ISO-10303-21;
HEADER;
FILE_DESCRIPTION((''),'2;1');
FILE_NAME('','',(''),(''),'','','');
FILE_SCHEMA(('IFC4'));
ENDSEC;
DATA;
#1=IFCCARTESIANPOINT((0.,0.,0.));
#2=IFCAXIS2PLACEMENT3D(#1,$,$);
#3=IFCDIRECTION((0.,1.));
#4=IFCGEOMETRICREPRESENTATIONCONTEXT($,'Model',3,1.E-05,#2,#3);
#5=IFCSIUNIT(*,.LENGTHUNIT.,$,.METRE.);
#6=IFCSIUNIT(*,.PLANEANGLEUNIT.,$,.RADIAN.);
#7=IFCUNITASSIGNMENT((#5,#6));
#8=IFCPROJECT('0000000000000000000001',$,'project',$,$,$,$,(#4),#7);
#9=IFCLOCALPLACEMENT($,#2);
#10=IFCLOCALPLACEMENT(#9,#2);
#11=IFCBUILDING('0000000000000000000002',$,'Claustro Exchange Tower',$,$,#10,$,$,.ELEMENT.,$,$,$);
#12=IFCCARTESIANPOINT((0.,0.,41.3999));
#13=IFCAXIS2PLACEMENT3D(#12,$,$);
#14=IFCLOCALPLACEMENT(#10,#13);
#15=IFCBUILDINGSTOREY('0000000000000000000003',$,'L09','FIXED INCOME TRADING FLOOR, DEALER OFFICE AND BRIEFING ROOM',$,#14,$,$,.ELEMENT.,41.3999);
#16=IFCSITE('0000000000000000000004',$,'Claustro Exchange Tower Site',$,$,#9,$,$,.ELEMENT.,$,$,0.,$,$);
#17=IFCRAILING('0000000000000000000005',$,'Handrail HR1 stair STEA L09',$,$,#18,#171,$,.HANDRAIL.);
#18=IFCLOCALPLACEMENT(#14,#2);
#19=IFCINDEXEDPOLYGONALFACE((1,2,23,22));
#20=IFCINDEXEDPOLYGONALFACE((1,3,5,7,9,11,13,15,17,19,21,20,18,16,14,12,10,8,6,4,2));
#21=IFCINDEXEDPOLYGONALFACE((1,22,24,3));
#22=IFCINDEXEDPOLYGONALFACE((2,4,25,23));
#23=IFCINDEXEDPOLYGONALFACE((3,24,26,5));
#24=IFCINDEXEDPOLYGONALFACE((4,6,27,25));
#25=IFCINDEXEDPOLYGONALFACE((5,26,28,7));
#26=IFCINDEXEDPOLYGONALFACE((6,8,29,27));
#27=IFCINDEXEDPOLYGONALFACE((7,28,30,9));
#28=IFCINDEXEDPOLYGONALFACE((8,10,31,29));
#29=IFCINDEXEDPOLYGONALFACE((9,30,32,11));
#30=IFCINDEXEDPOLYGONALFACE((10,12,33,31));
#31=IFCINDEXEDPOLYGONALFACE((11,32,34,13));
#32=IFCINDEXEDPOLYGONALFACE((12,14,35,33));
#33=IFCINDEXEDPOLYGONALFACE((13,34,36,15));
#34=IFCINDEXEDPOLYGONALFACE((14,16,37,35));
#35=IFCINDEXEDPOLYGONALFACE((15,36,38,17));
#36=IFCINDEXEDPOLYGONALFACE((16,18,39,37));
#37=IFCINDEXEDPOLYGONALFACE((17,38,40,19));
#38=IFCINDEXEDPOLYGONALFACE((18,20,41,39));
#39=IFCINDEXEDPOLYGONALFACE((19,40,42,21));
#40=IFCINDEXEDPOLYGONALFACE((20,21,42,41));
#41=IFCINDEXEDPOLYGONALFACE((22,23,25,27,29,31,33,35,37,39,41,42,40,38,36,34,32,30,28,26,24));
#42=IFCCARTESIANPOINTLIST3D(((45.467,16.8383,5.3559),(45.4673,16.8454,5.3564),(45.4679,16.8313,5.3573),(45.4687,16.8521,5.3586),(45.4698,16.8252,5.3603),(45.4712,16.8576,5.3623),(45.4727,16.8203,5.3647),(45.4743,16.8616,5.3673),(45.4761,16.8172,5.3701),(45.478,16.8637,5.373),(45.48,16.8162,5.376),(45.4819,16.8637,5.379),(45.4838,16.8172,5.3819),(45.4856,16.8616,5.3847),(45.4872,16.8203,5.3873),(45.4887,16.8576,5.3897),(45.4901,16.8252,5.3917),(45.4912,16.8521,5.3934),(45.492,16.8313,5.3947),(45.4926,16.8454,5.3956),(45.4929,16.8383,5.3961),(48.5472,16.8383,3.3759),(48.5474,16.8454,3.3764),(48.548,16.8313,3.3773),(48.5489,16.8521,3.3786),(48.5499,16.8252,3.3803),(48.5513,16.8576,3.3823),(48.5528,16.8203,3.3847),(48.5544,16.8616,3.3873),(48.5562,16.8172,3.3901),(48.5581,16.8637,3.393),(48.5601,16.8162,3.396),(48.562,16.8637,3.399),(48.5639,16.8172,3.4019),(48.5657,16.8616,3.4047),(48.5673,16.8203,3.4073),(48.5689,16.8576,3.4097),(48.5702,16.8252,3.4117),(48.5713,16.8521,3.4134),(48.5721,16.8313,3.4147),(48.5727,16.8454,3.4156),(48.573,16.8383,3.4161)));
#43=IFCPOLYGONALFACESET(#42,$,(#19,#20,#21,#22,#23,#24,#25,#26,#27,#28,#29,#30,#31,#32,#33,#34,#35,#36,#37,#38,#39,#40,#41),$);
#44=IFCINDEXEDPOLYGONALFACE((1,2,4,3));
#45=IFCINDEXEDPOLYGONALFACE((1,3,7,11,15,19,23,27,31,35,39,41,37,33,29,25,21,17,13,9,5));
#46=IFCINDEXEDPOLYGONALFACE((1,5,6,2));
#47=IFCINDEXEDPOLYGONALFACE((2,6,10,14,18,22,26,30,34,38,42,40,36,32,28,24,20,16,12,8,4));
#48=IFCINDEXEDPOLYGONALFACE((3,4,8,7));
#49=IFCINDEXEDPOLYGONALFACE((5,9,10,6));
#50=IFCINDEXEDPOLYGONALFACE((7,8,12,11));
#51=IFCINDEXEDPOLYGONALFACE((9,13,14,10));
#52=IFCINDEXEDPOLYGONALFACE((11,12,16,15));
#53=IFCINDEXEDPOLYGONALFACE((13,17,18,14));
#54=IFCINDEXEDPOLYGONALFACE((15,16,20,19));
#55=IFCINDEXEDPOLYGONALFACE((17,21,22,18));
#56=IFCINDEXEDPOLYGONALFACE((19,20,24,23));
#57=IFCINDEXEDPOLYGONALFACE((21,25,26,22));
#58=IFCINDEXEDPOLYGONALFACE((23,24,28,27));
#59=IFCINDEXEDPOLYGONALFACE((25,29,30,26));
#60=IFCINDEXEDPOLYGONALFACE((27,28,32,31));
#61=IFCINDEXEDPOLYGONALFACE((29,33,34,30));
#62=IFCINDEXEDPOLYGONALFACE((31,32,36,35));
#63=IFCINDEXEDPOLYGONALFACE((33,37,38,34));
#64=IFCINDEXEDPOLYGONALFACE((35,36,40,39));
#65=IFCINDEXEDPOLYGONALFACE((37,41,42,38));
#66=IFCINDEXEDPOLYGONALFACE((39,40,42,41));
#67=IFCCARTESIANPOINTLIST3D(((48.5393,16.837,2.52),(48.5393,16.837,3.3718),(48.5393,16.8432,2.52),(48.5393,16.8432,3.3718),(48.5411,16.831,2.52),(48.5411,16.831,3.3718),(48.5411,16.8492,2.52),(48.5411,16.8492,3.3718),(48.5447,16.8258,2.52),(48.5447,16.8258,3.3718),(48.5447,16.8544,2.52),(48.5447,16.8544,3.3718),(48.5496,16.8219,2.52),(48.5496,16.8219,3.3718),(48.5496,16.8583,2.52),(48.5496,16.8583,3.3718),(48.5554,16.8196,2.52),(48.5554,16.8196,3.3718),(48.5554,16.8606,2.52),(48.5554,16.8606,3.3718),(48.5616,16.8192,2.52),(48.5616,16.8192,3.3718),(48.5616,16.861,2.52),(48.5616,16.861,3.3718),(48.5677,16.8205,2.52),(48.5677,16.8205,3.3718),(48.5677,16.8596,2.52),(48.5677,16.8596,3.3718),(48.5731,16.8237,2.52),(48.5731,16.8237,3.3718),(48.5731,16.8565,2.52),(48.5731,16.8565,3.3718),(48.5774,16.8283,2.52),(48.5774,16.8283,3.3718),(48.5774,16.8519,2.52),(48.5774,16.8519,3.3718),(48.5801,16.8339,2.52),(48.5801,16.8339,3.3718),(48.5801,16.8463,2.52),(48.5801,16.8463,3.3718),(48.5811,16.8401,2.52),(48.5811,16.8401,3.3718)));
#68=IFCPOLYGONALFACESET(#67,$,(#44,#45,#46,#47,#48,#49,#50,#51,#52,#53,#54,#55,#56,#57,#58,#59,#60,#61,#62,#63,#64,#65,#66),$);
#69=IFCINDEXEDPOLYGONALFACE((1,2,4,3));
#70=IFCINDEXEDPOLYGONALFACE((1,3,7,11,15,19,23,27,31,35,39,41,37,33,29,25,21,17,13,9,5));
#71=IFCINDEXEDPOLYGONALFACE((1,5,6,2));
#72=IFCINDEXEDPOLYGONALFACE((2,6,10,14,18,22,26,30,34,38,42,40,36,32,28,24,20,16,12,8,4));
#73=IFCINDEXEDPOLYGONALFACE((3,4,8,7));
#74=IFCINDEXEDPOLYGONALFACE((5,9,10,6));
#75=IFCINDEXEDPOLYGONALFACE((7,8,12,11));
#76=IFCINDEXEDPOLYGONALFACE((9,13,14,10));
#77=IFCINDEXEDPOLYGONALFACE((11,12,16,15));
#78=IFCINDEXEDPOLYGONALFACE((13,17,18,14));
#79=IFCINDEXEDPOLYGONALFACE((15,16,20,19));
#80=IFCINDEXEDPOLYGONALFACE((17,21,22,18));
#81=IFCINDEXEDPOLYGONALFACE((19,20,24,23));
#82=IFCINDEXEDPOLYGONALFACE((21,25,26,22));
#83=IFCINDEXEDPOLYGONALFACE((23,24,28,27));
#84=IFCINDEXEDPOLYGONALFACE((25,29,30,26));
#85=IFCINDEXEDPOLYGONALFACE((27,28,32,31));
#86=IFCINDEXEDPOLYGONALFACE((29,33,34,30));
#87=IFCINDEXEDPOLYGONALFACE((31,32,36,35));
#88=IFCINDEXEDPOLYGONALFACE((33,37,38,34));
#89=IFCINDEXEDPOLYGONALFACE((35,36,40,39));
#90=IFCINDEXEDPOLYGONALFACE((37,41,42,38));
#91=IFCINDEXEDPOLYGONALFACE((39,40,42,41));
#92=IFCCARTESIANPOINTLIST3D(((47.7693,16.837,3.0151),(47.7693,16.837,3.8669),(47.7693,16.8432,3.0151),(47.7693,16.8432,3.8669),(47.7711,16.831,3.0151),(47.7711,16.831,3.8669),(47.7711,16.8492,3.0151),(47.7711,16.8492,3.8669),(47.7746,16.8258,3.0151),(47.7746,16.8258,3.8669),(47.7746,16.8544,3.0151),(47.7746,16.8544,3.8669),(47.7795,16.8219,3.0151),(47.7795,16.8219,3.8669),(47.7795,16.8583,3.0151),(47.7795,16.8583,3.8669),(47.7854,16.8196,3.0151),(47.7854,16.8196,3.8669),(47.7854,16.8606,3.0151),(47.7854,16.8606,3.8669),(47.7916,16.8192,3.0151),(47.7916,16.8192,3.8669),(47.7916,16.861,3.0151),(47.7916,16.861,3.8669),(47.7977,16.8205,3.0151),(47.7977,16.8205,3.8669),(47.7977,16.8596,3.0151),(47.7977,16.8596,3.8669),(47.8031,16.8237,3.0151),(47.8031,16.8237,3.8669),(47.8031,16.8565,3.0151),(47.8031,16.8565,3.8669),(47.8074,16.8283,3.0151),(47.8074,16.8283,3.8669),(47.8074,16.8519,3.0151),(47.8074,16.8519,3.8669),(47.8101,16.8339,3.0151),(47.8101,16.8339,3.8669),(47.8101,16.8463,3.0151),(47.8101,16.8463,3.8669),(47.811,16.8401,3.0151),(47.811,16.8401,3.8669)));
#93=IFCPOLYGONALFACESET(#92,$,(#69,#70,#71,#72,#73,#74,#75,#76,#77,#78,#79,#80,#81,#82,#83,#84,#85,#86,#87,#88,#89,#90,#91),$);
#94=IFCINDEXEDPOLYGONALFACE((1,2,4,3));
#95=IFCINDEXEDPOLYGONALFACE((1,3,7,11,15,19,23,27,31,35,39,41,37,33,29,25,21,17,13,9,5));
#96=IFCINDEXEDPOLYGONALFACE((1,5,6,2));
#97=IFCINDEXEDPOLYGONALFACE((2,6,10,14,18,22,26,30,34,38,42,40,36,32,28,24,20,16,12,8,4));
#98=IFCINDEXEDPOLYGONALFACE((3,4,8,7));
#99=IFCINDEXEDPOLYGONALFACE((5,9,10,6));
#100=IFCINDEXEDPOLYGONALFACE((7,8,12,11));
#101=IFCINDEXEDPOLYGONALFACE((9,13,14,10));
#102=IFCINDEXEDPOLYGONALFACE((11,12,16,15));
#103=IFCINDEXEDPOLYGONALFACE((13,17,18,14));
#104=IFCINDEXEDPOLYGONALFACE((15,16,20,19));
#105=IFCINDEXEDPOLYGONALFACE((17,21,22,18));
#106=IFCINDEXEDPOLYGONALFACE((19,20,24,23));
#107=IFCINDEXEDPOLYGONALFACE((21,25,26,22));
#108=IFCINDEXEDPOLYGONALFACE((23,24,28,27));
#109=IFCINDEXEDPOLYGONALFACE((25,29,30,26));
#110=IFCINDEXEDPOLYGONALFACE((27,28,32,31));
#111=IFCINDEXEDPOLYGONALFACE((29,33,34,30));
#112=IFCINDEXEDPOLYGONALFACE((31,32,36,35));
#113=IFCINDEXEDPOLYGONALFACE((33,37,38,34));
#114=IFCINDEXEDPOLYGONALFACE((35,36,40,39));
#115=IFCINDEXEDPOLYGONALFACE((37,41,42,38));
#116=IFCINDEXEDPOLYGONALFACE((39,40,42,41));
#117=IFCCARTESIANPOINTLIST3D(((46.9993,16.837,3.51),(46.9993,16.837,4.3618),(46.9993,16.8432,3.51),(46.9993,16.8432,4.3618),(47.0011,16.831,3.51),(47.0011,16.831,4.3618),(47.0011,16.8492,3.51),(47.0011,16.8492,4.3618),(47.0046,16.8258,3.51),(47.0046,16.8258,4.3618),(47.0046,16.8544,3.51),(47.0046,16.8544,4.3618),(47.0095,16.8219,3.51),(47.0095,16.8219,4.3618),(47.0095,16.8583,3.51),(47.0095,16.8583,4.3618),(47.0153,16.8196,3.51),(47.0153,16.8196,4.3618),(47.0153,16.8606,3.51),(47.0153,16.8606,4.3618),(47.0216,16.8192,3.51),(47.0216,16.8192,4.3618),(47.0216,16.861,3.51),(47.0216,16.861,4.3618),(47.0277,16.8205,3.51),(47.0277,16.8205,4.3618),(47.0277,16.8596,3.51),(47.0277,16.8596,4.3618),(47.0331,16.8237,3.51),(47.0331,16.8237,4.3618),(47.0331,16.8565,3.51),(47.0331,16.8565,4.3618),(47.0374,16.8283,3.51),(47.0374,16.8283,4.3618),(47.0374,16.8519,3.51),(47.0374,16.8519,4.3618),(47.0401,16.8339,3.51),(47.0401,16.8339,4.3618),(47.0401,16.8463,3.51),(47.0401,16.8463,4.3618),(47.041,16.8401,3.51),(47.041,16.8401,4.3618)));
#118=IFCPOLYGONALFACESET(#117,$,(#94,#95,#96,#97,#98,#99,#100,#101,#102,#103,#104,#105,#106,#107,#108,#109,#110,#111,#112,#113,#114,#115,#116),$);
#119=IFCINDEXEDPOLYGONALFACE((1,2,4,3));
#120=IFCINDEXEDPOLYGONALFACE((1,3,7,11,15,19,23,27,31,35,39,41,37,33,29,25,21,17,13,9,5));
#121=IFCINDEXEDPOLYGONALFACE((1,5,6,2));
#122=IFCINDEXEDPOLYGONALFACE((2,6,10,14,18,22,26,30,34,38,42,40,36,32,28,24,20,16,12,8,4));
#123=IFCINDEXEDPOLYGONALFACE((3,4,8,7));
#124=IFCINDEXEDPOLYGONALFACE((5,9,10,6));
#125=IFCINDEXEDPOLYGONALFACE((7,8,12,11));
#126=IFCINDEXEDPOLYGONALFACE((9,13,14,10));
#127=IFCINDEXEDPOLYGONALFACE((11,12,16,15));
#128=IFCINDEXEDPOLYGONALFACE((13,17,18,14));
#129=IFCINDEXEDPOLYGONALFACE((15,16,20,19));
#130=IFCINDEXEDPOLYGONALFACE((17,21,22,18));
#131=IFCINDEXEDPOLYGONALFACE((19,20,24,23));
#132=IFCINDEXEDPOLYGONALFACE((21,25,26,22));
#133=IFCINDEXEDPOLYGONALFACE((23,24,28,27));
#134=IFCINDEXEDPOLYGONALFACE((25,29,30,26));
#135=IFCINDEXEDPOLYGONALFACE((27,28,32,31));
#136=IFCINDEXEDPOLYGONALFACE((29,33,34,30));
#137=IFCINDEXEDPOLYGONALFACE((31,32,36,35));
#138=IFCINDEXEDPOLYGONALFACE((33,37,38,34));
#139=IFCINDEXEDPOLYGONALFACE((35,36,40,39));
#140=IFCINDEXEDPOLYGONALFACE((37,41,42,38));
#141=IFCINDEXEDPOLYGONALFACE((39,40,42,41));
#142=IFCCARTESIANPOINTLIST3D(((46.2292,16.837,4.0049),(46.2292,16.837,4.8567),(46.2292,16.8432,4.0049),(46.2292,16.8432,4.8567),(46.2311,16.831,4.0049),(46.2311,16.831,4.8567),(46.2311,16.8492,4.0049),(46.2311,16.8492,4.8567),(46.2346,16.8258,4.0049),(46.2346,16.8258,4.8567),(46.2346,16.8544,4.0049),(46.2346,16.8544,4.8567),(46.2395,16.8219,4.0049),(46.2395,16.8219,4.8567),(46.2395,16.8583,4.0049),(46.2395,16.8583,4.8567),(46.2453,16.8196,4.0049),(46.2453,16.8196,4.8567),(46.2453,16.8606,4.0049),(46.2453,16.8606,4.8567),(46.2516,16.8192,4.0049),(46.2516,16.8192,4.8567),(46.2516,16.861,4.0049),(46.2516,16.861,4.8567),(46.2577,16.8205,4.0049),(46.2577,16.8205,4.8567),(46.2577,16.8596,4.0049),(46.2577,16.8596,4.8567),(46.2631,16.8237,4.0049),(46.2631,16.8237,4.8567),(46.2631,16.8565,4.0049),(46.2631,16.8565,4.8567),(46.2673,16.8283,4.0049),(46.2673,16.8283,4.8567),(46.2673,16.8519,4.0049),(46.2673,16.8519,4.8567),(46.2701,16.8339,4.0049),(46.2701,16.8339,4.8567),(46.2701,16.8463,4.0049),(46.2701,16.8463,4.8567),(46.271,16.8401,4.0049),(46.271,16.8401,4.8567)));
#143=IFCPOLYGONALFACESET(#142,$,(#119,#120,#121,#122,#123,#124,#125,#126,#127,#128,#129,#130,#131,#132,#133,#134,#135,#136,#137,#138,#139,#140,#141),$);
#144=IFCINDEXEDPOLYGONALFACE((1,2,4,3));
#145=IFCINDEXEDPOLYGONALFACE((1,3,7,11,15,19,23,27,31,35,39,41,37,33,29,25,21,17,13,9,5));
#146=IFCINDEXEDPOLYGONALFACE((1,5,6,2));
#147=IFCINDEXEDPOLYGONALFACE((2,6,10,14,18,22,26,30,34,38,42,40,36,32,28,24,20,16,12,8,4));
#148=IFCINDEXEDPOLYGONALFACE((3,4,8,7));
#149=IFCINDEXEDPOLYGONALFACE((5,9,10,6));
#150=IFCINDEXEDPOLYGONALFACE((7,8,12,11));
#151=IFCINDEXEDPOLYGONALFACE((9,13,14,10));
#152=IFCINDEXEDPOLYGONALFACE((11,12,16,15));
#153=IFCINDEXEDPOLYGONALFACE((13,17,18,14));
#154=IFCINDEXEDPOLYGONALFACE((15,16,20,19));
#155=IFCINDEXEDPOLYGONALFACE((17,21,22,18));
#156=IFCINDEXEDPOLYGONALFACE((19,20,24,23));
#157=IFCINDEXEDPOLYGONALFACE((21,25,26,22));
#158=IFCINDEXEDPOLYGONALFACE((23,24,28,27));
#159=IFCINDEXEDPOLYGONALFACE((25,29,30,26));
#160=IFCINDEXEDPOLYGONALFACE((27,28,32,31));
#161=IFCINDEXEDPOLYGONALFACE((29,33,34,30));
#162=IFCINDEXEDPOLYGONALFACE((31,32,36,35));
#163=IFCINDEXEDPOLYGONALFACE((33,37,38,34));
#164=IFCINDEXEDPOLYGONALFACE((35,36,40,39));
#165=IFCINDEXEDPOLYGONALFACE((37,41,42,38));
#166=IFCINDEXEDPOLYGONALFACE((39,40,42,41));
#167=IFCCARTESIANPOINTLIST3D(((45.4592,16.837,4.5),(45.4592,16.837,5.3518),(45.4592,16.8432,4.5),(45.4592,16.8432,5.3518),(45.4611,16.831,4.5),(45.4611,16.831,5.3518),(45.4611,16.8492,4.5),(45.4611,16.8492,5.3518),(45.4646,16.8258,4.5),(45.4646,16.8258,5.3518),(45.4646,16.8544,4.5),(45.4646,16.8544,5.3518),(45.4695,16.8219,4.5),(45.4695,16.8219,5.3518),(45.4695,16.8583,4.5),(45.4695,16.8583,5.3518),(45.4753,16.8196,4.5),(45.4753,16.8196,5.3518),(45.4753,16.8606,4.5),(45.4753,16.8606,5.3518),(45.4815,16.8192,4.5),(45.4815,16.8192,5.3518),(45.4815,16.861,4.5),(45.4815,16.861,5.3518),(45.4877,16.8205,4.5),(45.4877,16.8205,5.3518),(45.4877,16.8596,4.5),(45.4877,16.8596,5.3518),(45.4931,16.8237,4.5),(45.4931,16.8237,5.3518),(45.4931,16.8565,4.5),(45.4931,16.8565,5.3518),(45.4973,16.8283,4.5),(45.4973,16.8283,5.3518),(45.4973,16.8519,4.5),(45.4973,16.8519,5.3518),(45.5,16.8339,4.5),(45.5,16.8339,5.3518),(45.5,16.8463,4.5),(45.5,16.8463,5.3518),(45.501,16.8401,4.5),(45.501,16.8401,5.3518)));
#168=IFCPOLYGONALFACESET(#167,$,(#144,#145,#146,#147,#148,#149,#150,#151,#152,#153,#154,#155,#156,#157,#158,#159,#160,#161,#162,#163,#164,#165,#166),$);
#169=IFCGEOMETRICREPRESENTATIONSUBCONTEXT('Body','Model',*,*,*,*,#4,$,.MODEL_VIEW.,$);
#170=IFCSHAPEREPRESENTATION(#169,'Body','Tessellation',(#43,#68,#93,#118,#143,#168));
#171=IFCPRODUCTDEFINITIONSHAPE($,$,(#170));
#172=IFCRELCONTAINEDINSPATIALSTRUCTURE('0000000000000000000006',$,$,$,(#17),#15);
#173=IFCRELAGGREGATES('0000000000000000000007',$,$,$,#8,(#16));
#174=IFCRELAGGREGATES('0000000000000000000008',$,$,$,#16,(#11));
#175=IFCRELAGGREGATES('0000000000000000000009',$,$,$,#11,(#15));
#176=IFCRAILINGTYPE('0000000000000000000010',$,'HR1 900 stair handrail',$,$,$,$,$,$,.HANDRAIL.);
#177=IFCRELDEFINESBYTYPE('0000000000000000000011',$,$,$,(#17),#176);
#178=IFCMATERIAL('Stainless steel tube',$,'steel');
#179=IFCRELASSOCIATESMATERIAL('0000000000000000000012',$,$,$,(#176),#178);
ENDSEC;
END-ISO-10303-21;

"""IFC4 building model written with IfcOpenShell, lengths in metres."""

from ifc_helpers import new_model, si_unit, direction, frame, origin, origin_2d, place, context, subcontext, project, spatial, circle, extrude, material, type_object, element, save


model = new_model("IFC4")

# Units and contexts
model_context = context("Model", 3, precision=1e-05, world=origin(), true_north=direction((0.0, 1.0)))
body_context = subcontext(model_context, "Body", "Model", "MODEL_VIEW")
ifc_project = project(units=[si_unit("LENGTHUNIT", "METRE"), si_unit("PLANEANGLEUNIT", "RADIAN")], contexts=[model_context])

# Site, building, storey
site_placement = place(None, origin())
site = spatial("IfcSite", under=ifc_project, at=site_placement, Name="Claustro Exchange Tower Site", CompositionType="ELEMENT", RefElevation=0.0)
building_placement = place(site_placement, origin())
building = spatial("IfcBuilding", under=site, at=building_placement, Name="Claustro Exchange Tower", CompositionType="ELEMENT")
storey_placement = place(building_placement, frame((0.0, 0.0, 41.3999)))
storey = spatial("IfcBuildingStorey", under=building, at=storey_placement, Name="L09", Description="FIXED INCOME TRADING FLOOR, DEALER OFFICE AND BRIEFING ROOM", CompositionType="ELEMENT", Elevation=41.3999)

# Railing
ifc_material_1 = material(Name="Stainless steel tube", Category="steel")
railing_type_1 = type_object("IfcRailingType", Name="HR1 900 stair handrail", PredefinedType="HANDRAIL", material=ifc_material_1)
railing_1_placement = place(storey_placement, frame((48.5601, 16.8401, 2.52)))
element("IfcRailing", 1, at=railing_1_placement, inside=storey, type_object=railing_type_1, Name="Handrail HR1 stair STEA L09", PredefinedType="HANDRAIL", context=body_context, shape_type="SweptSolid", body=[
    extrude(circle(Radius=0.0239, at=origin_2d()), frame((0.0, 0.0, 0.876), z_axis=(-0.841187, 0.0, 0.540744), x_axis=(0.0, -1.0, 0.0)), (0.0, 0.0, 1.0), 3.6616),
    extrude(circle(Radius=0.021, at=origin_2d()), origin(), (0.0, 0.0, 1.0), 0.8518),
    extrude(circle(Radius=0.021, at=origin_2d()), frame((-0.77, 0.0, 0.4951)), (0.0, 0.0, 1.0), 0.8518),
    extrude(circle(Radius=0.021, at=origin_2d()), frame((-1.54, 0.0, 0.99)), (0.0, 0.0, 1.0), 0.8518),
    extrude(circle(Radius=0.021, at=origin_2d()), frame((-2.3101, 0.0, 1.4849)), (0.0, 0.0, 1.0), 0.8518),
    extrude(circle(Radius=0.021, at=origin_2d()), frame((-3.0801, 0.0, 1.98)), (0.0, 0.0, 1.0), 0.8518),
])

save(model, "model.ifc")
